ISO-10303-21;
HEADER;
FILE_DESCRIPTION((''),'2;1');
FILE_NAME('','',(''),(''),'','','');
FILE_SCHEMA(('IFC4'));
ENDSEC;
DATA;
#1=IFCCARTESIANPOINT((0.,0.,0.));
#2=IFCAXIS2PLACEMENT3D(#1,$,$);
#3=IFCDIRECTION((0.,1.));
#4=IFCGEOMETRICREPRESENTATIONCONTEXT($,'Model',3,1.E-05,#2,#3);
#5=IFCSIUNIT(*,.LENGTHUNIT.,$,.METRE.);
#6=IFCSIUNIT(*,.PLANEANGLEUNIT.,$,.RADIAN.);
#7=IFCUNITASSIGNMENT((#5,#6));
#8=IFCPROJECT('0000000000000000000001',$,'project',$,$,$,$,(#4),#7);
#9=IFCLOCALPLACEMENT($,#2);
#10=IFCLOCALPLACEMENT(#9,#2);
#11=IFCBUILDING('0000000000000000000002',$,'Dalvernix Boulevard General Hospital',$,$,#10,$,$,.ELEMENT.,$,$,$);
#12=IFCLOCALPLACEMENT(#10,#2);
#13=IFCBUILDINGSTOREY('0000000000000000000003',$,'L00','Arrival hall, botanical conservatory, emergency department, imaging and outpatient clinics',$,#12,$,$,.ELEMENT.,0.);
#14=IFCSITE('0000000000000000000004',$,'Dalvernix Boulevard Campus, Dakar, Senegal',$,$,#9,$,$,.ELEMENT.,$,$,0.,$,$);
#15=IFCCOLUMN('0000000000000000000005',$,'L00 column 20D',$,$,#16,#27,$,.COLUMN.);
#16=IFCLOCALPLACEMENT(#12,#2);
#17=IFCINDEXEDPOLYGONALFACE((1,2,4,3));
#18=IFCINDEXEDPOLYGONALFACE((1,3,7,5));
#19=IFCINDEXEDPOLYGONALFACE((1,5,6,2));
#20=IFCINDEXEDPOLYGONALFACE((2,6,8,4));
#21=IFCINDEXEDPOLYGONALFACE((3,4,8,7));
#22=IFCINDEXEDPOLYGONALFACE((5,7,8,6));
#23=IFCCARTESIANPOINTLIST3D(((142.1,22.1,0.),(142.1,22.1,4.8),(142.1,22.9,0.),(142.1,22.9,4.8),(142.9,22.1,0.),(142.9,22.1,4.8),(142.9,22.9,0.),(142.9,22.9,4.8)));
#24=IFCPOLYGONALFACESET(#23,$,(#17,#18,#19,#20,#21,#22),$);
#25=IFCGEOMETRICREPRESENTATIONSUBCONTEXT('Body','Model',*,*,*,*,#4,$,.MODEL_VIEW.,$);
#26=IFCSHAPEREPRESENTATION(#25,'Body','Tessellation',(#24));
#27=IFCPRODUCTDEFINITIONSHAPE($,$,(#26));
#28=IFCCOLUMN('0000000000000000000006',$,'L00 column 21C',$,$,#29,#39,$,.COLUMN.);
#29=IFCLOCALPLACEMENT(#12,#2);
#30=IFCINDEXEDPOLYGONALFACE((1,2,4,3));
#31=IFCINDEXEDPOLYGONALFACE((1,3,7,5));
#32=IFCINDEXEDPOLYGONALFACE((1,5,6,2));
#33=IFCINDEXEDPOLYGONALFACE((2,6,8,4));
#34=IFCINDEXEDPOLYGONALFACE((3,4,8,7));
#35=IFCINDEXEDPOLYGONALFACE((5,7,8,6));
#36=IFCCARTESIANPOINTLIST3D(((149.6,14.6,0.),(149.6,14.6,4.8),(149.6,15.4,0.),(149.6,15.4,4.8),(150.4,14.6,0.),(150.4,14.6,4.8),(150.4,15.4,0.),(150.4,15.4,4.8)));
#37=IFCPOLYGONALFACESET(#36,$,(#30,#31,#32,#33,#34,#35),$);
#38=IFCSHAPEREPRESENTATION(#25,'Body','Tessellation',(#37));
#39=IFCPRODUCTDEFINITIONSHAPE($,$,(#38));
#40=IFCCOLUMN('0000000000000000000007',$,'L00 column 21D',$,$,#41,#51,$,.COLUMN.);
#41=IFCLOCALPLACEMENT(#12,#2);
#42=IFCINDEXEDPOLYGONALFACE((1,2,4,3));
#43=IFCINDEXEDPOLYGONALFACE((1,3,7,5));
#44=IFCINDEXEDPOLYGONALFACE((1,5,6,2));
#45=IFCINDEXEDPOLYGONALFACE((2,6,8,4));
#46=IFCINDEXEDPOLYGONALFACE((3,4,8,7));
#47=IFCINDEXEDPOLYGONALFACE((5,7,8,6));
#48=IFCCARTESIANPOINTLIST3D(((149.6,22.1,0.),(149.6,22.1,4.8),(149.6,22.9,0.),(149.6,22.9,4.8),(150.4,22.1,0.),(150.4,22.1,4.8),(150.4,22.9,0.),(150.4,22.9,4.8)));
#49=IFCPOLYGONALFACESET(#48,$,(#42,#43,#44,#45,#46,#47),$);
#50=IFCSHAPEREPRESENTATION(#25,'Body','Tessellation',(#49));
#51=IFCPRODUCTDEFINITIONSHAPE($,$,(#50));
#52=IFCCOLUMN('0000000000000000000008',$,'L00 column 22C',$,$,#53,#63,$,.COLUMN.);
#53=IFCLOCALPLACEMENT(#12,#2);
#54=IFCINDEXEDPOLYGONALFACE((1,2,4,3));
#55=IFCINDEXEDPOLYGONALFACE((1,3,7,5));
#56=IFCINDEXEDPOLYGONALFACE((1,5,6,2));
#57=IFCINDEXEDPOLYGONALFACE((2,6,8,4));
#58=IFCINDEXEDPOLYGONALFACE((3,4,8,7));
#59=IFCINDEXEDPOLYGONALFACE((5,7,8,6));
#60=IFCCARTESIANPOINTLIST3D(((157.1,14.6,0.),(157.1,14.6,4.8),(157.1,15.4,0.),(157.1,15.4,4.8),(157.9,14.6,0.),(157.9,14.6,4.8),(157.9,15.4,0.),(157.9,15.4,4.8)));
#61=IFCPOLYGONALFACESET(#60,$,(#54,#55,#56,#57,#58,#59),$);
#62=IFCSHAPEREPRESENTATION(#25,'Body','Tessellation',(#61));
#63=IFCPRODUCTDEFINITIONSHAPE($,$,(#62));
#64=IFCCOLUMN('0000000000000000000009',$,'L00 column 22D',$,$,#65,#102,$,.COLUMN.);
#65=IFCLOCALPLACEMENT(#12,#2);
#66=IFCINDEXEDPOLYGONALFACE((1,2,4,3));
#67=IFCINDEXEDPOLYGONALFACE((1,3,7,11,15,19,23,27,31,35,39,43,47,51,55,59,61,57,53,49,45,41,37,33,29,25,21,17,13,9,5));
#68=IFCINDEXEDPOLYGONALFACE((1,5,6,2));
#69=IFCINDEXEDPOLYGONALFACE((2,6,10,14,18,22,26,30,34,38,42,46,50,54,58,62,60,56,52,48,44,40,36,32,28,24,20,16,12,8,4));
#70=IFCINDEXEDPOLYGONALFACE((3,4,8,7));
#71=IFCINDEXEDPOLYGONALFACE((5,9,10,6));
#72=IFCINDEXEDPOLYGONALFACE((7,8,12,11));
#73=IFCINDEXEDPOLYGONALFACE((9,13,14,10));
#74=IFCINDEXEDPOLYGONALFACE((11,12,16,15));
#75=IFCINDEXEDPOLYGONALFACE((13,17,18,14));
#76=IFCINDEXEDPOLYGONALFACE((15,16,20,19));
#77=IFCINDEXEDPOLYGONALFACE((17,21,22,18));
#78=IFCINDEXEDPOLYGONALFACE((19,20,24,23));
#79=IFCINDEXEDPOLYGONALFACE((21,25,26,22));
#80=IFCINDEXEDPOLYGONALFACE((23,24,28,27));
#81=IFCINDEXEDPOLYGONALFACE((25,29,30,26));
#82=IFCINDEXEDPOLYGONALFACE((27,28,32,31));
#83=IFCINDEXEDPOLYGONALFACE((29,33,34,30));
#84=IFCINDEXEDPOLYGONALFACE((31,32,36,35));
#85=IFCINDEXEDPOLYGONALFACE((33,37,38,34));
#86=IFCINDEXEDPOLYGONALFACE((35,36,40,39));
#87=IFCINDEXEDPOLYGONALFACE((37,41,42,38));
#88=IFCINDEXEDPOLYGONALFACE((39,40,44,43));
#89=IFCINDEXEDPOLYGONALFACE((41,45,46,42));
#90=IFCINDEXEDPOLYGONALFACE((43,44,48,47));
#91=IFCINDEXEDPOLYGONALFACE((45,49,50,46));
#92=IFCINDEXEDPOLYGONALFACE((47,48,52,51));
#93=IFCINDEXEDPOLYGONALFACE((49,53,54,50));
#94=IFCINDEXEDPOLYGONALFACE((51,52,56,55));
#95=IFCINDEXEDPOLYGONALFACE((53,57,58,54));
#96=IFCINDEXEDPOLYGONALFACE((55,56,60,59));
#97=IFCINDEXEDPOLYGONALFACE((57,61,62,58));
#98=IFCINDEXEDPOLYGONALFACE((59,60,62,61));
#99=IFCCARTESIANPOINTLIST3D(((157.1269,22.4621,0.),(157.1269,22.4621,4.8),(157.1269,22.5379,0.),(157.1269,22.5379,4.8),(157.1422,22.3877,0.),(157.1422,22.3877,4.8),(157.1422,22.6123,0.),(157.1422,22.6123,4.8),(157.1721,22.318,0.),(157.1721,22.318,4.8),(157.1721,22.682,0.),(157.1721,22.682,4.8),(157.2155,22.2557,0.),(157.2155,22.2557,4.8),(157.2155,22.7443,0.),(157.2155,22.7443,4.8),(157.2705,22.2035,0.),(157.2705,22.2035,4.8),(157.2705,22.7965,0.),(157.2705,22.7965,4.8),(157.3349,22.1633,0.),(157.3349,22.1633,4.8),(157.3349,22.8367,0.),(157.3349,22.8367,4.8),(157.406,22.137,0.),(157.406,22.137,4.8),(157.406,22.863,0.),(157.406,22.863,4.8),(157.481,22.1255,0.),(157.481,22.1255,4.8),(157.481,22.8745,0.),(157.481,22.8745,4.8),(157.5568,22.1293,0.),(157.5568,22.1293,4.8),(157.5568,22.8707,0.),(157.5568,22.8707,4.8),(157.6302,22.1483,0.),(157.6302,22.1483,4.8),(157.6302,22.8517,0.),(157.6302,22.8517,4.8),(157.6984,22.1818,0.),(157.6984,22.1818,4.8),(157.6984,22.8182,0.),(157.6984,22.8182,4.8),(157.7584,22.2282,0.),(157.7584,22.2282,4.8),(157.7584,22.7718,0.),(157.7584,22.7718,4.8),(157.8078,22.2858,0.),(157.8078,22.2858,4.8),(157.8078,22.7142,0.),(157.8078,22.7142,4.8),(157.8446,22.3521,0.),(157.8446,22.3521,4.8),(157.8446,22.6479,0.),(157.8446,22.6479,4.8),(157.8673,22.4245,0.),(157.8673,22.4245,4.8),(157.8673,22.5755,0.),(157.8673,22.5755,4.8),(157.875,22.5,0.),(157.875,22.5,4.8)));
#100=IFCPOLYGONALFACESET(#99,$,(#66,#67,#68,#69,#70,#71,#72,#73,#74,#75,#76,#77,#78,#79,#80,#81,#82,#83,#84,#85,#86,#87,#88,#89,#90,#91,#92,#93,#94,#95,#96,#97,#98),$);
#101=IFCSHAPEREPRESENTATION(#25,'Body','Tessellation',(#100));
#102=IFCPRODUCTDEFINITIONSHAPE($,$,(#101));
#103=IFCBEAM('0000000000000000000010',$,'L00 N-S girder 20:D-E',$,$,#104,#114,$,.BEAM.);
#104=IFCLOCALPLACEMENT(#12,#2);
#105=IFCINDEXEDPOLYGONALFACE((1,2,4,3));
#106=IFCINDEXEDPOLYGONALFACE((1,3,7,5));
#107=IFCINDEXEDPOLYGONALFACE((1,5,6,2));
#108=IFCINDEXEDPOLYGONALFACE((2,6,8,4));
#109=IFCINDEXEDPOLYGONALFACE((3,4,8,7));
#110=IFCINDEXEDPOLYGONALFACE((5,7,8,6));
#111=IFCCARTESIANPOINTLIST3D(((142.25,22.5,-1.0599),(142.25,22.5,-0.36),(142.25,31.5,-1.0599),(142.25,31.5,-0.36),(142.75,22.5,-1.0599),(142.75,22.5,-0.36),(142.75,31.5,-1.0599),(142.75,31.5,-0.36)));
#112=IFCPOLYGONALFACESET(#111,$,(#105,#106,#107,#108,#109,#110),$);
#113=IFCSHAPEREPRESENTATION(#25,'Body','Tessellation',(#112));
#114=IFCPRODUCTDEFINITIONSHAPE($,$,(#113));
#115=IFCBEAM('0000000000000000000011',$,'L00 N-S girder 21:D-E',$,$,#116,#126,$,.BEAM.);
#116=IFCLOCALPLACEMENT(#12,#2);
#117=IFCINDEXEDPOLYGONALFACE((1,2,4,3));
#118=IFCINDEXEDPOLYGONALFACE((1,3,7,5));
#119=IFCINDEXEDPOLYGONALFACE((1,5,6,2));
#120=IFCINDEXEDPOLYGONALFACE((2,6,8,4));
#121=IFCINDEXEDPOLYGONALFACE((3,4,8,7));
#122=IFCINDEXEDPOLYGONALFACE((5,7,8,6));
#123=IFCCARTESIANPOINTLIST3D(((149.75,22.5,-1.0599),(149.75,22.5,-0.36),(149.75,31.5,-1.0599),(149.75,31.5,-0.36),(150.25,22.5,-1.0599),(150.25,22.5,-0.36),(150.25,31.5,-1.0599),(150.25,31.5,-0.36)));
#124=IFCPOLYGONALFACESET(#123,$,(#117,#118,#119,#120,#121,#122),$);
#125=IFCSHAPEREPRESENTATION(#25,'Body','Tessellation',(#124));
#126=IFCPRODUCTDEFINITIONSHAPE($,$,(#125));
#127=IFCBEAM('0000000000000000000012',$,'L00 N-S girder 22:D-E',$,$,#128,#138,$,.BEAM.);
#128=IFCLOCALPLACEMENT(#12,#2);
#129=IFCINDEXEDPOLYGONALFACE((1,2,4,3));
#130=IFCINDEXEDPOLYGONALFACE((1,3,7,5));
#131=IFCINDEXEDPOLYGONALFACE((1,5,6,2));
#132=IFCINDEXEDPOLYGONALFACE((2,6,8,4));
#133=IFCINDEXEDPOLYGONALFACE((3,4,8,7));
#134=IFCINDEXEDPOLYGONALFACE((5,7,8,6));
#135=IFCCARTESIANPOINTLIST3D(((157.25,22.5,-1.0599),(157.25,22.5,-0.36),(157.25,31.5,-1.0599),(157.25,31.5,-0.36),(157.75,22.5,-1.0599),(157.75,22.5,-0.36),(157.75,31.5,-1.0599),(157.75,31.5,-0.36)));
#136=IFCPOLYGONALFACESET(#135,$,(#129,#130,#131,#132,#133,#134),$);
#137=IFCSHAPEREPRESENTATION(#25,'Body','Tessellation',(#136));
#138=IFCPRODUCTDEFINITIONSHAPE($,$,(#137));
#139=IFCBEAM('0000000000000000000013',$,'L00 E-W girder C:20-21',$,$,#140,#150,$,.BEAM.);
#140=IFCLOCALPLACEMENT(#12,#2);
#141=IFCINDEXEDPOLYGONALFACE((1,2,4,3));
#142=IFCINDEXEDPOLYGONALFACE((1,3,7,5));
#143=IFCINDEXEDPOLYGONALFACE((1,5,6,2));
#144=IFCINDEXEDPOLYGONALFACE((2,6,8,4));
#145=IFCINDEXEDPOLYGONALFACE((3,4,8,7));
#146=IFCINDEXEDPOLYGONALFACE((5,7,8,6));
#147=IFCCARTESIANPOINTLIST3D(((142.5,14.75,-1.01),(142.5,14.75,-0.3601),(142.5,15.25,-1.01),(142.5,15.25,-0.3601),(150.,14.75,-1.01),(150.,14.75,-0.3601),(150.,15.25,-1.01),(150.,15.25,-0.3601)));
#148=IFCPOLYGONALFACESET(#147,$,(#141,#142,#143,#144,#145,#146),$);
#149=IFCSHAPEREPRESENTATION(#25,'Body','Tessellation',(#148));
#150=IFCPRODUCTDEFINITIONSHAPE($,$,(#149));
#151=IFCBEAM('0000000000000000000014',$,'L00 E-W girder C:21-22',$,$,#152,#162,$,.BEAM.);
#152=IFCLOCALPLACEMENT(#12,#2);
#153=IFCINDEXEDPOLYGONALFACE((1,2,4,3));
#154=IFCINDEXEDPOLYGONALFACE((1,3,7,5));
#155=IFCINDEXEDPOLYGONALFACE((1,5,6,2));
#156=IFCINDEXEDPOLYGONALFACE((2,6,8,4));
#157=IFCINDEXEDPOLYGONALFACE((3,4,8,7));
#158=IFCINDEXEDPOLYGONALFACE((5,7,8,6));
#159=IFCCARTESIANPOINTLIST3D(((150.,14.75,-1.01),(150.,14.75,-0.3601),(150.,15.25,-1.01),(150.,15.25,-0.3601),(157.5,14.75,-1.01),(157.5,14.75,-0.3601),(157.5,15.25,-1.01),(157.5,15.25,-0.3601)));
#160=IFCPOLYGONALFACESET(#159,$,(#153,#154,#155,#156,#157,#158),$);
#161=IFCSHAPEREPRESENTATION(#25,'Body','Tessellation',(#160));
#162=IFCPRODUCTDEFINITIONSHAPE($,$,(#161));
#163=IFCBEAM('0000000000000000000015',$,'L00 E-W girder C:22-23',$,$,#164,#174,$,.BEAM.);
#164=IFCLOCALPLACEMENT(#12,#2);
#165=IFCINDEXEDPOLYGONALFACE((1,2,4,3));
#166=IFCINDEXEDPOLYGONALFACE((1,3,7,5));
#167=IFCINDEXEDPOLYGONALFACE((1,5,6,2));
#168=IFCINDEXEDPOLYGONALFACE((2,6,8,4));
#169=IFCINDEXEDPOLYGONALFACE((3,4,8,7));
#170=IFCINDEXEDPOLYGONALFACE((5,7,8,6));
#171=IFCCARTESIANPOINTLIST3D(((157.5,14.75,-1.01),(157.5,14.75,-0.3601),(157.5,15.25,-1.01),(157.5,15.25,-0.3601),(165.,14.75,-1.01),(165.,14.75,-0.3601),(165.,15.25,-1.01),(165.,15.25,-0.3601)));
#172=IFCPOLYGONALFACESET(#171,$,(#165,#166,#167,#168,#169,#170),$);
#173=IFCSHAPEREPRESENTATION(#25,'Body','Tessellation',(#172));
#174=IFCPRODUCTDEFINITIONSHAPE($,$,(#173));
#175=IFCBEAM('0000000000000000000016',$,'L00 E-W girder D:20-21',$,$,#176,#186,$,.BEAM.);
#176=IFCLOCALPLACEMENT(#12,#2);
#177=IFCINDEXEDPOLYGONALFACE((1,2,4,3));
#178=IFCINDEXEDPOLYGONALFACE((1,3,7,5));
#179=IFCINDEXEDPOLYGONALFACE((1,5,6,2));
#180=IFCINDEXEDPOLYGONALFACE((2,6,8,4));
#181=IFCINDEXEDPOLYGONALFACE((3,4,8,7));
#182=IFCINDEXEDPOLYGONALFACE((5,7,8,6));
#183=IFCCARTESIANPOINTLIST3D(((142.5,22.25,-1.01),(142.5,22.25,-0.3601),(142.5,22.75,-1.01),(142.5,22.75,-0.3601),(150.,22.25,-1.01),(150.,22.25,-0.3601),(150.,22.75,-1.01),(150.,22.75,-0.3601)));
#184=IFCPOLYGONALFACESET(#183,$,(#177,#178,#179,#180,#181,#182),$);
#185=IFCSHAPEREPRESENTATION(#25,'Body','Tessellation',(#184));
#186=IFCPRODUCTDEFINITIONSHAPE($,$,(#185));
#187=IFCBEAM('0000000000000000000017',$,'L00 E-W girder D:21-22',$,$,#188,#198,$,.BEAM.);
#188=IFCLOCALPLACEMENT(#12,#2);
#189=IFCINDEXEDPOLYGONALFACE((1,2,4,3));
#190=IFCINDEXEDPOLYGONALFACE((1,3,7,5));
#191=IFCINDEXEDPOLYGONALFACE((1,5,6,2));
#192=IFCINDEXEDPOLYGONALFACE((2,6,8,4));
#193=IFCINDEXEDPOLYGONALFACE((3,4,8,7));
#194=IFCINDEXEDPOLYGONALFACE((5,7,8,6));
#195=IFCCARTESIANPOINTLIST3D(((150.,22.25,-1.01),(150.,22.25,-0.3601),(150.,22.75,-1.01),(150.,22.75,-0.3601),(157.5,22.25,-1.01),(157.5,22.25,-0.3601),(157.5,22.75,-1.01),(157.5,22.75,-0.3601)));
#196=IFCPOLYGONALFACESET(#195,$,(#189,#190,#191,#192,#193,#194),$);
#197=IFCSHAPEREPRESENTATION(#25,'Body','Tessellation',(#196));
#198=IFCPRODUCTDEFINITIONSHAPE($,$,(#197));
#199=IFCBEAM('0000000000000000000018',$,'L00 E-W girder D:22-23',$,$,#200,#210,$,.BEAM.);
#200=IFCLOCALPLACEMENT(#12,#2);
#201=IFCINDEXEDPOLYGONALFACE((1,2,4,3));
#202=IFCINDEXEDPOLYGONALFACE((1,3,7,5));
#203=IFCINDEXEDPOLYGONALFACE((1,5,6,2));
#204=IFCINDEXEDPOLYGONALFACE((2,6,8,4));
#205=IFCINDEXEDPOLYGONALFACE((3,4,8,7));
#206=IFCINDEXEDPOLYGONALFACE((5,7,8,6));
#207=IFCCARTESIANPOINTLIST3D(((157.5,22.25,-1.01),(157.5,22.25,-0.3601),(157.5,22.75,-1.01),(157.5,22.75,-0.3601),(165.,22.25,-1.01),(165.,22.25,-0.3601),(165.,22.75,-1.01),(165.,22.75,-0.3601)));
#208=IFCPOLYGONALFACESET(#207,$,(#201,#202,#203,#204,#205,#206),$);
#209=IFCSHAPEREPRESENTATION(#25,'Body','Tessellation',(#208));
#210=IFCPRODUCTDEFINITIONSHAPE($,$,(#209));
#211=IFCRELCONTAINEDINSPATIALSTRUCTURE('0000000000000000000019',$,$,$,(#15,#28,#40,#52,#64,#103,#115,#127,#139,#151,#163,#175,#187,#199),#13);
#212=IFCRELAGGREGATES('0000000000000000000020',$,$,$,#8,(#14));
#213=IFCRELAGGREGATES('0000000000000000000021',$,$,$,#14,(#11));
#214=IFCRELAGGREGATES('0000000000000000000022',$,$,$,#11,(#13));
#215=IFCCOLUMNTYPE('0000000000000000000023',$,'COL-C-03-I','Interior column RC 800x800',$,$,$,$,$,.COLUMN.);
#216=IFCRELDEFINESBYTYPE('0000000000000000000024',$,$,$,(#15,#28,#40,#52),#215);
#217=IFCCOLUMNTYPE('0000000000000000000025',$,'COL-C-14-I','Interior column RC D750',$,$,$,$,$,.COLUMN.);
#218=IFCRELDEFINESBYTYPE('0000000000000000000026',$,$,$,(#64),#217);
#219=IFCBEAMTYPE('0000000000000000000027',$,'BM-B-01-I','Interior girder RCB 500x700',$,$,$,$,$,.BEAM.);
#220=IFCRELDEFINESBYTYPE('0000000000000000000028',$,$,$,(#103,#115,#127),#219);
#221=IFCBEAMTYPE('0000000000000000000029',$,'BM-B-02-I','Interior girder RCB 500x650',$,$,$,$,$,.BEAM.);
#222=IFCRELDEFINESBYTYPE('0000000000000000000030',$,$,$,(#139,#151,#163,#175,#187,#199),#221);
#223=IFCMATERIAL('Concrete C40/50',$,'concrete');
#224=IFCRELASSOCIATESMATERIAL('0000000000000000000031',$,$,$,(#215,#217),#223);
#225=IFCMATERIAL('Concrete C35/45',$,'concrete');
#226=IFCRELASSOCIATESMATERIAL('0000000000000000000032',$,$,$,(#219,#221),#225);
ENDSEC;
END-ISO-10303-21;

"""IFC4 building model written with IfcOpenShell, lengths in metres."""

from ifc_helpers import new_model, si_unit, direction, frame, origin, origin_2d, place, context, subcontext, project, spatial, rectangle, circle, extrude, material, material_profile, profile_set, type_object, element, save


model = new_model("IFC4")

# Units and contexts
model_context = context("Model", 3, precision=1e-05, world=origin(), true_north=direction((0.0, 1.0)))
body_context = subcontext(model_context, "Body", "Model", "MODEL_VIEW")
ifc_project = project(units=[si_unit("LENGTHUNIT", "METRE"), si_unit("PLANEANGLEUNIT", "RADIAN")], contexts=[model_context])

# Site, building, storey
site_placement = place(None, origin())
site = spatial("IfcSite", under=ifc_project, at=site_placement, Name="Dalvernix Boulevard Campus, Dakar, Senegal", CompositionType="ELEMENT", RefElevation=0.0)
building_placement = place(site_placement, origin())
building = spatial("IfcBuilding", under=site, at=building_placement, Name="Dalvernix Boulevard General Hospital", CompositionType="ELEMENT")
storey_placement = place(building_placement, origin())
storey = spatial("IfcBuildingStorey", under=building, at=storey_placement, Name="L00", Description="Arrival hall, botanical conservatory, emergency department, imaging and outpatient clinics", CompositionType="ELEMENT", Elevation=0.0)

# Columns
ifc_material_1 = material(Name="Concrete C40/50", Category="concrete")
ifc_material_profile_1 = material_profile(ifc_material_1, rectangle(XDim=0.8, YDim=0.8, at=origin_2d()), Name="RC 800x800")
ifc_profile_set_1 = profile_set([ifc_material_profile_1], Name="Concrete C40/50")
column_type_1 = type_object("IfcColumnType", Name="COL-C-03-I", Description="Interior column RC 800x800", PredefinedType="COLUMN", material=ifc_profile_set_1)
for number, where, z_axis, x_axis, name in (
    (1, (142.5, 22.5, 0.0), (0.0, 0.0, 1.0), (1.0, 0.0, 0.0), "L00 column 20D"),
    (2, (150.0, 15.0, 0.0), (0.0, 0.0, 1.0), (1.0, 0.0, 0.0), "L00 column 21C"),
    (3, (150.0, 22.5, 0.0), (0.0, 0.0, 1.0), (1.0, 0.0, 0.0), "L00 column 21D"),
    (4, (157.5, 15.0, 0.0), (0.0, 0.0, 1.0), (1.0, 0.0, 0.0), "L00 column 22C"),
):
    element("IfcColumn", number, at=place(storey_placement, frame(where, z_axis=z_axis, x_axis=x_axis)), inside=storey, type_object=column_type_1, Name=name, PredefinedType="COLUMN", context=body_context, shape_type="SweptSolid", body=[
        extrude(rectangle(XDim=0.8, YDim=0.8, at=origin_2d()), origin(), (0.0, 0.0, 1.0), 4.8),
    ])
ifc_material_profile_2 = material_profile(ifc_material_1, circle(Radius=0.375, at=origin_2d()), Name="RC D750")
ifc_profile_set_2 = profile_set([ifc_material_profile_2], Name="Concrete C40/50")
column_type_2 = type_object("IfcColumnType", Name="COL-C-14-I", Description="Interior column RC D750", PredefinedType="COLUMN", material=ifc_profile_set_2)
column_placement = place(storey_placement, frame((157.5, 22.5, 0.0), z_axis=(0.0, 0.0, 1.0), x_axis=(1.0, 0.0, 0.0)))
element("IfcColumn", 5, at=column_placement, inside=storey, type_object=column_type_2, Name="L00 column 22D", PredefinedType="COLUMN", context=body_context, shape_type="SweptSolid", body=[
    extrude(circle(Radius=0.375, at=origin_2d()), origin(), (0.0, 0.0, 1.0), 4.8),
])

# Beams
ifc_material_2 = material(Name="Concrete C35/45", Category="concrete")
ifc_material_profile_3 = material_profile(ifc_material_2, rectangle(XDim=0.5, YDim=0.7, at=origin_2d()), Name="RCB 500x700")
ifc_profile_set_3 = profile_set([ifc_material_profile_3], Name="Concrete C35/45")
beam_type_1 = type_object("IfcBeamType", Name="BM-B-01-I", Description="Interior girder RCB 500x700", PredefinedType="BEAM", material=ifc_profile_set_3)
for number, where, z_axis, x_axis, name in (
    (6, (142.5, 22.5, -0.71), (0.0, 1.0, 0.0), (-1.0, 0.0, 0.0), "L00 N-S girder 20:D-E"),
    (7, (150.0, 22.5, -0.71), (0.0, 1.0, 0.0), (-1.0, 0.0, 0.0), "L00 N-S girder 21:D-E"),
    (8, (157.5, 22.5, -0.71), (0.0, 1.0, 0.0), (-1.0, 0.0, 0.0), "L00 N-S girder 22:D-E"),
):
    element("IfcBeam", number, at=place(storey_placement, frame(where, z_axis=z_axis, x_axis=x_axis)), inside=storey, type_object=beam_type_1, Name=name, PredefinedType="BEAM", context=body_context, shape_type="SweptSolid", body=[
        extrude(rectangle(XDim=0.5, YDim=0.7, at=origin_2d()), origin(), (0.0, 0.0, 1.0), 9.0),
    ])
ifc_material_profile_4 = material_profile(ifc_material_2, rectangle(XDim=0.5, YDim=0.6499, at=origin_2d()), Name="RCB 500x650")
ifc_profile_set_4 = profile_set([ifc_material_profile_4], Name="Concrete C35/45")
beam_type_2 = type_object("IfcBeamType", Name="BM-B-02-I", Description="Interior girder RCB 500x650", PredefinedType="BEAM", material=ifc_profile_set_4)
for number, where, z_axis, x_axis, name in (
    (9, (142.5, 15.0, -0.6851), (1.0, 0.0, 0.0), (0.0, 1.0, 0.0), "L00 E-W girder C:20-21"),
    (10, (150.0, 15.0, -0.6851), (1.0, 0.0, 0.0), (0.0, 1.0, 0.0), "L00 E-W girder C:21-22"),
    (11, (157.5, 15.0, -0.6851), (1.0, 0.0, 0.0), (0.0, 1.0, 0.0), "L00 E-W girder C:22-23"),
    (12, (142.5, 22.5, -0.6851), (1.0, 0.0, 0.0), (0.0, 1.0, 0.0), "L00 E-W girder D:20-21"),
    (13, (150.0, 22.5, -0.6851), (1.0, 0.0, 0.0), (0.0, 1.0, 0.0), "L00 E-W girder D:21-22"),
    (14, (157.5, 22.5, -0.6851), (1.0, 0.0, 0.0), (0.0, 1.0, 0.0), "L00 E-W girder D:22-23"),
):
    element("IfcBeam", number, at=place(storey_placement, frame(where, z_axis=z_axis, x_axis=x_axis)), inside=storey, type_object=beam_type_2, Name=name, PredefinedType="BEAM", context=body_context, shape_type="SweptSolid", body=[
        extrude(rectangle(XDim=0.5, YDim=0.6499, at=origin_2d()), origin(), (0.0, 0.0, 1.0), 7.5),
    ])

save(model, "model.ifc")
